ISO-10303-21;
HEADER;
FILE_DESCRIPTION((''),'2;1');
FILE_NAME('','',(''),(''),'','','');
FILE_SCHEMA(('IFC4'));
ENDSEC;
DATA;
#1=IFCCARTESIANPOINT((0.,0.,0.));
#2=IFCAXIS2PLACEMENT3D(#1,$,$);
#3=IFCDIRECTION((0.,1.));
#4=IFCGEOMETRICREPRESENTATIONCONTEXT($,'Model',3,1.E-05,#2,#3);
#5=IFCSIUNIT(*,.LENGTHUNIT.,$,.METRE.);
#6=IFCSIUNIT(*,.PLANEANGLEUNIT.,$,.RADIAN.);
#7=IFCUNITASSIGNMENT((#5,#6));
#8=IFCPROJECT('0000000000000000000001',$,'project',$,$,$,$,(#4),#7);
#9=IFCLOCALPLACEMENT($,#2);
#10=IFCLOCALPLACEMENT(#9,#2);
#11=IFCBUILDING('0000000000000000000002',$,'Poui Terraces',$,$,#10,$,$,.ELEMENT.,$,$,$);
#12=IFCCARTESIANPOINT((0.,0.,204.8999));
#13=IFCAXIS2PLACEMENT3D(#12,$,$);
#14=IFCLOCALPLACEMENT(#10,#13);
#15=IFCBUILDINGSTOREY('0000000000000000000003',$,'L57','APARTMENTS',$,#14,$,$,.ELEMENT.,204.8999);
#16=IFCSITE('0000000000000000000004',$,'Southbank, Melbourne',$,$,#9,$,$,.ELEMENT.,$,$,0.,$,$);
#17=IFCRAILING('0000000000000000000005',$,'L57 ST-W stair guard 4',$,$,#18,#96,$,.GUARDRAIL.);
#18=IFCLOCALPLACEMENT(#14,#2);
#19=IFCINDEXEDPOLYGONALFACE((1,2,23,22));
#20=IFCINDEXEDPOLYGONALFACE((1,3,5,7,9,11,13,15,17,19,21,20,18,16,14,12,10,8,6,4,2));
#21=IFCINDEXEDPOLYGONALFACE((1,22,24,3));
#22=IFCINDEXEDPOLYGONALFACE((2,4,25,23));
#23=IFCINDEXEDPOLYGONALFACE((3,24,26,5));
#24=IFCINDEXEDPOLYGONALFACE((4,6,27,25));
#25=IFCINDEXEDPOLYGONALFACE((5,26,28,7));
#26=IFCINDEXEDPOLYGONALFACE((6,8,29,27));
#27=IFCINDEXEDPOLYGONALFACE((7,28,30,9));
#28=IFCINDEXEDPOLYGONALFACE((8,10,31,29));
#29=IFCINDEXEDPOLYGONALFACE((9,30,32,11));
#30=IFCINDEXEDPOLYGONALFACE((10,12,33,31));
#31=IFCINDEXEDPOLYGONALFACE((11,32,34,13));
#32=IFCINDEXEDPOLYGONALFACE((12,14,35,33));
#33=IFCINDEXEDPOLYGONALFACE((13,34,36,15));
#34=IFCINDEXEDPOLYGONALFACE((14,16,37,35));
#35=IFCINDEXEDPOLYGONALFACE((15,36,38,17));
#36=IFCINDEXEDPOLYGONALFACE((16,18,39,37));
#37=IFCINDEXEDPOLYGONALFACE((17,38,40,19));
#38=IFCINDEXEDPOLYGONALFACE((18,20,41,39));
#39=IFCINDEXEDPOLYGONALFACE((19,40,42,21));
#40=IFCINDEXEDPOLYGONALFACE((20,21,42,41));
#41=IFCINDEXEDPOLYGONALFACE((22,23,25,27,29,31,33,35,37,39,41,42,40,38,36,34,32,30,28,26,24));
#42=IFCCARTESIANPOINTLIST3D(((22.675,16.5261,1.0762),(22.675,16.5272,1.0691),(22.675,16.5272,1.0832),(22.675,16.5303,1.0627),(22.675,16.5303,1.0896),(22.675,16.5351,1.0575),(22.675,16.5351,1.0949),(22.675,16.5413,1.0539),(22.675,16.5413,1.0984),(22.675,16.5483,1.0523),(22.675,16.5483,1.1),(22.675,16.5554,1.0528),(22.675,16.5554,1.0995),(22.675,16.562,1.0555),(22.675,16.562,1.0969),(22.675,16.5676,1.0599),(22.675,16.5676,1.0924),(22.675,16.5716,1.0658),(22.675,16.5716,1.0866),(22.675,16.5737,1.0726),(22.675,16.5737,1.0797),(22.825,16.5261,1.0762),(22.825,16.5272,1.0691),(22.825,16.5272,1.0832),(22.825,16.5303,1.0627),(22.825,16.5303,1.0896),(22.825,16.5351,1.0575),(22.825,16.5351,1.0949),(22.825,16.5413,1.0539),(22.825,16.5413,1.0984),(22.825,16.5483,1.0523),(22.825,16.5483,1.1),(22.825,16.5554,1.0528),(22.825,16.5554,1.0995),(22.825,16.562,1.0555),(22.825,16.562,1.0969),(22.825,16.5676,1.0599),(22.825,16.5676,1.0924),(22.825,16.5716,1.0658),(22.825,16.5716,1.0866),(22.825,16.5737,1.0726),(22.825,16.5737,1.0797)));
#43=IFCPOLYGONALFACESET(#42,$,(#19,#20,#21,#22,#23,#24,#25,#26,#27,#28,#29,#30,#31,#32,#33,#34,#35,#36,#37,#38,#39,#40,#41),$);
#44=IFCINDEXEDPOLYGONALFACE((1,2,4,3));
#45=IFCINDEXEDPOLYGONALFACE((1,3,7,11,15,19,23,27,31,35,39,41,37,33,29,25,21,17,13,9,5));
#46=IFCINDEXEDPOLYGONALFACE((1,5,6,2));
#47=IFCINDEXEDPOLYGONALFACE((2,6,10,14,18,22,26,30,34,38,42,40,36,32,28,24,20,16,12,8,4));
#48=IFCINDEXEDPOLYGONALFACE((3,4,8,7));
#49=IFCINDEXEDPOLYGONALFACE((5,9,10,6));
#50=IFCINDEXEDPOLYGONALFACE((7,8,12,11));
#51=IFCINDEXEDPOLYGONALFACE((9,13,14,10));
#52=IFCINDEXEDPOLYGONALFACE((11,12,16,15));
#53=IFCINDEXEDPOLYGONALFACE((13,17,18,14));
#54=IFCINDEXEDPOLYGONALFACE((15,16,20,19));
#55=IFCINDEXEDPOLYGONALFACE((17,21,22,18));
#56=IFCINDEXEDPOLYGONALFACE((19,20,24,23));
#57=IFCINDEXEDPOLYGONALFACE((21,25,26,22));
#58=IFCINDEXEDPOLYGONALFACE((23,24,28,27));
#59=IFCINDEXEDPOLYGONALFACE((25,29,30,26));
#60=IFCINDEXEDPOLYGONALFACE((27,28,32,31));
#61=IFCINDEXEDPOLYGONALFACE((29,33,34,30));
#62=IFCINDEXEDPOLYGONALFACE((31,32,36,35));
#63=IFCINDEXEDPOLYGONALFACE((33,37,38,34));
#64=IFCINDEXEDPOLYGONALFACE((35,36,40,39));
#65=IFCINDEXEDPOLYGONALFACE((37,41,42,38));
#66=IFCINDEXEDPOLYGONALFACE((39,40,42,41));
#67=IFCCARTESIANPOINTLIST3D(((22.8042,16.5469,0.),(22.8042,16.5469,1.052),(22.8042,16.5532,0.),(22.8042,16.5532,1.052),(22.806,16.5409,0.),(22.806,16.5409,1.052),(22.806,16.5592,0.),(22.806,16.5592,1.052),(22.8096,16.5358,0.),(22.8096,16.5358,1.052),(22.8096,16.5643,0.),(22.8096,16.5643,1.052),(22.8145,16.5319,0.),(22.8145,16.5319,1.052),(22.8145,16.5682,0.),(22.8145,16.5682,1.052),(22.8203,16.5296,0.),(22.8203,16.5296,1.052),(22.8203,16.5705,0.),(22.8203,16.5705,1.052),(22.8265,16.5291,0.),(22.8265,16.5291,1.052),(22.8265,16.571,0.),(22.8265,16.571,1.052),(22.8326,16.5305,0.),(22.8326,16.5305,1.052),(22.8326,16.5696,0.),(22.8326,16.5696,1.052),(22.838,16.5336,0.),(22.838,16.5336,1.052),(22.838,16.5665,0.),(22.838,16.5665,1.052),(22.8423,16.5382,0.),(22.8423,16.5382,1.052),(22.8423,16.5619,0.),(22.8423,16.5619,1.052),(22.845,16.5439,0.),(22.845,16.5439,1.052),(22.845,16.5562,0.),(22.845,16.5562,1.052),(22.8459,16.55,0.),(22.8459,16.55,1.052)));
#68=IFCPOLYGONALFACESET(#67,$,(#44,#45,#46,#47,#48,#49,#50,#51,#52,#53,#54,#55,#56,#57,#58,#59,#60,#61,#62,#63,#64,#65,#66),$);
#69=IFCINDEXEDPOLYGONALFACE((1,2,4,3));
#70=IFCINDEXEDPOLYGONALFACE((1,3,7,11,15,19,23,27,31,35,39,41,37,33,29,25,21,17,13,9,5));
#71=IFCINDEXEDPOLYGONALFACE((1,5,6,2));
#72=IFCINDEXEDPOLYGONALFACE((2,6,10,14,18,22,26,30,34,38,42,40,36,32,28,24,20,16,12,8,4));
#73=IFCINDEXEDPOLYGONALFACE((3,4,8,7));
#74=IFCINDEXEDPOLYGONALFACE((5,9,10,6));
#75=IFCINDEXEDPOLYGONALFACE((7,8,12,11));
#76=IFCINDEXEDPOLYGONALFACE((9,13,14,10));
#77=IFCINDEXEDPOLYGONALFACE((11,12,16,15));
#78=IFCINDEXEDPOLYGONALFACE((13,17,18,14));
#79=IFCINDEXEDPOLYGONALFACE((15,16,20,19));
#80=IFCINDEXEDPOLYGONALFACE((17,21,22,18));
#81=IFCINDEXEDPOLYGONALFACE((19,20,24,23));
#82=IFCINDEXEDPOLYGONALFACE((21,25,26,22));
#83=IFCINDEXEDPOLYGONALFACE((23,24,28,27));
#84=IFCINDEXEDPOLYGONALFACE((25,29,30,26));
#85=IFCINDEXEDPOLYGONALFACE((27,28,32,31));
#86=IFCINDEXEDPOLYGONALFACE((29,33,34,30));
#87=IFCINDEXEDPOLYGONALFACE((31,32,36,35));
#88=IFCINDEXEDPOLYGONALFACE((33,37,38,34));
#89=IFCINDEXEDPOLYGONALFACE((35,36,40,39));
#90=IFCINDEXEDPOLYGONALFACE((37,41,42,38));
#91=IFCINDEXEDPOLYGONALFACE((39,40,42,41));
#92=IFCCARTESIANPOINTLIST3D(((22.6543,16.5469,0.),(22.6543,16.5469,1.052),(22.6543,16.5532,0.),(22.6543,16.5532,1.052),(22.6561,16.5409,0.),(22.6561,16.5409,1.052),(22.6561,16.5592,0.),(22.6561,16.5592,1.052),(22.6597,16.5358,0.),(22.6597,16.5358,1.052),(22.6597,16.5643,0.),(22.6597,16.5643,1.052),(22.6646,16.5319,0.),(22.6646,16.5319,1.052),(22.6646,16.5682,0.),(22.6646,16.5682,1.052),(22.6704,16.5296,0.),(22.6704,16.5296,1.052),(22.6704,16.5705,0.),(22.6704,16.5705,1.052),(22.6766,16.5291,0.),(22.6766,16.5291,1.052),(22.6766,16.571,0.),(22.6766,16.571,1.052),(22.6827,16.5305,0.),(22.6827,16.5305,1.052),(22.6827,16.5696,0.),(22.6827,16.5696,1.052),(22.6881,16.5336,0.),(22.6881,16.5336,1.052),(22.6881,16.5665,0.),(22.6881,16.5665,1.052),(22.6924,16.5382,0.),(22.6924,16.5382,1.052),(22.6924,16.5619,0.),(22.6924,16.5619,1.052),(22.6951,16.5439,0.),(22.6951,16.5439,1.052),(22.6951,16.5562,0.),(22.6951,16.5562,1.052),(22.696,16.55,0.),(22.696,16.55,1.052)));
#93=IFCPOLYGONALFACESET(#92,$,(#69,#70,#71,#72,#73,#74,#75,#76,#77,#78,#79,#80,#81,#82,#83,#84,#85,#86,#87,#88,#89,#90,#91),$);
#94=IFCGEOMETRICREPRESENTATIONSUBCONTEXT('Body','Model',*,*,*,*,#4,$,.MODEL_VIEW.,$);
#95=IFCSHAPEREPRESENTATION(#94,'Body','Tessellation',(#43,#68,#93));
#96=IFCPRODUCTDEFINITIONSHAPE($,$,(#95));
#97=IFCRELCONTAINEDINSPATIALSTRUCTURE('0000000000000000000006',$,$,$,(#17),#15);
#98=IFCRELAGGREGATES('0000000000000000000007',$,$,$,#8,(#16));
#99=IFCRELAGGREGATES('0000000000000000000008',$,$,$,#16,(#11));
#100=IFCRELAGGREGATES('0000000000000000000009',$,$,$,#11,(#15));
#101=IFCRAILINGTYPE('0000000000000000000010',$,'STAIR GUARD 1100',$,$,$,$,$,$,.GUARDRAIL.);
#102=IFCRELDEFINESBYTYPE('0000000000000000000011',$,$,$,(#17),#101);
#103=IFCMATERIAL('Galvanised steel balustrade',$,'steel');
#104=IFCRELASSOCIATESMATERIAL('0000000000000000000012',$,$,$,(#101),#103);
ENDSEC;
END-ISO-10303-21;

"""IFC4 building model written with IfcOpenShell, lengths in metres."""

from ifc_helpers import new_model, si_unit, direction, frame, origin, origin_2d, place, context, subcontext, project, spatial, circle, extrude, material, type_object, element, save


model = new_model("IFC4")

# Units and contexts
model_context = context("Model", 3, precision=1e-05, world=origin(), true_north=direction((0.0, 1.0)))
body_context = subcontext(model_context, "Body", "Model", "MODEL_VIEW")
ifc_project = project(units=[si_unit("LENGTHUNIT", "METRE"), si_unit("PLANEANGLEUNIT", "RADIAN")], contexts=[model_context])

# Site, building, storey
site_placement = place(None, origin())
site = spatial("IfcSite", under=ifc_project, at=site_placement, Name="Southbank, Melbourne", CompositionType="ELEMENT", RefElevation=0.0)
building_placement = place(site_placement, origin())
building = spatial("IfcBuilding", under=site, at=building_placement, Name="Poui Terraces", CompositionType="ELEMENT")
storey_placement = place(building_placement, frame((0.0, 0.0, 204.8999)))
storey = spatial("IfcBuildingStorey", under=building, at=storey_placement, Name="L57", Description="APARTMENTS", CompositionType="ELEMENT", Elevation=204.8999)

# Railing
ifc_material_1 = material(Name="Galvanised steel balustrade", Category="steel")
railing_type_1 = type_object("IfcRailingType", Name="STAIR GUARD 1100", PredefinedType="GUARDRAIL", material=ifc_material_1)
railing_1_placement = place(storey_placement, frame((22.825, 16.55, 0.0)))
element("IfcRailing", 1, at=railing_1_placement, inside=storey, type_object=railing_type_1, Name="L57 ST-W stair guard 4", PredefinedType="GUARDRAIL", context=body_context, shape_type="SweptSolid", body=[
    extrude(circle(Radius=0.0239, at=origin_2d()), frame((0.0, 0.0, 1.0762), z_axis=(-1.0, 0.0, 0.0), x_axis=(0.0, -1.0, 0.0)), (0.0, 0.0, 1.0), 0.1499),
    extrude(circle(Radius=0.021, at=origin_2d()), origin(), (0.0, 0.0, 1.0), 1.052),
    extrude(circle(Radius=0.021, at=origin_2d()), frame((-0.1499, 0.0, 0.0)), (0.0, 0.0, 1.0), 1.052),
])

save(model, "model.ifc")
